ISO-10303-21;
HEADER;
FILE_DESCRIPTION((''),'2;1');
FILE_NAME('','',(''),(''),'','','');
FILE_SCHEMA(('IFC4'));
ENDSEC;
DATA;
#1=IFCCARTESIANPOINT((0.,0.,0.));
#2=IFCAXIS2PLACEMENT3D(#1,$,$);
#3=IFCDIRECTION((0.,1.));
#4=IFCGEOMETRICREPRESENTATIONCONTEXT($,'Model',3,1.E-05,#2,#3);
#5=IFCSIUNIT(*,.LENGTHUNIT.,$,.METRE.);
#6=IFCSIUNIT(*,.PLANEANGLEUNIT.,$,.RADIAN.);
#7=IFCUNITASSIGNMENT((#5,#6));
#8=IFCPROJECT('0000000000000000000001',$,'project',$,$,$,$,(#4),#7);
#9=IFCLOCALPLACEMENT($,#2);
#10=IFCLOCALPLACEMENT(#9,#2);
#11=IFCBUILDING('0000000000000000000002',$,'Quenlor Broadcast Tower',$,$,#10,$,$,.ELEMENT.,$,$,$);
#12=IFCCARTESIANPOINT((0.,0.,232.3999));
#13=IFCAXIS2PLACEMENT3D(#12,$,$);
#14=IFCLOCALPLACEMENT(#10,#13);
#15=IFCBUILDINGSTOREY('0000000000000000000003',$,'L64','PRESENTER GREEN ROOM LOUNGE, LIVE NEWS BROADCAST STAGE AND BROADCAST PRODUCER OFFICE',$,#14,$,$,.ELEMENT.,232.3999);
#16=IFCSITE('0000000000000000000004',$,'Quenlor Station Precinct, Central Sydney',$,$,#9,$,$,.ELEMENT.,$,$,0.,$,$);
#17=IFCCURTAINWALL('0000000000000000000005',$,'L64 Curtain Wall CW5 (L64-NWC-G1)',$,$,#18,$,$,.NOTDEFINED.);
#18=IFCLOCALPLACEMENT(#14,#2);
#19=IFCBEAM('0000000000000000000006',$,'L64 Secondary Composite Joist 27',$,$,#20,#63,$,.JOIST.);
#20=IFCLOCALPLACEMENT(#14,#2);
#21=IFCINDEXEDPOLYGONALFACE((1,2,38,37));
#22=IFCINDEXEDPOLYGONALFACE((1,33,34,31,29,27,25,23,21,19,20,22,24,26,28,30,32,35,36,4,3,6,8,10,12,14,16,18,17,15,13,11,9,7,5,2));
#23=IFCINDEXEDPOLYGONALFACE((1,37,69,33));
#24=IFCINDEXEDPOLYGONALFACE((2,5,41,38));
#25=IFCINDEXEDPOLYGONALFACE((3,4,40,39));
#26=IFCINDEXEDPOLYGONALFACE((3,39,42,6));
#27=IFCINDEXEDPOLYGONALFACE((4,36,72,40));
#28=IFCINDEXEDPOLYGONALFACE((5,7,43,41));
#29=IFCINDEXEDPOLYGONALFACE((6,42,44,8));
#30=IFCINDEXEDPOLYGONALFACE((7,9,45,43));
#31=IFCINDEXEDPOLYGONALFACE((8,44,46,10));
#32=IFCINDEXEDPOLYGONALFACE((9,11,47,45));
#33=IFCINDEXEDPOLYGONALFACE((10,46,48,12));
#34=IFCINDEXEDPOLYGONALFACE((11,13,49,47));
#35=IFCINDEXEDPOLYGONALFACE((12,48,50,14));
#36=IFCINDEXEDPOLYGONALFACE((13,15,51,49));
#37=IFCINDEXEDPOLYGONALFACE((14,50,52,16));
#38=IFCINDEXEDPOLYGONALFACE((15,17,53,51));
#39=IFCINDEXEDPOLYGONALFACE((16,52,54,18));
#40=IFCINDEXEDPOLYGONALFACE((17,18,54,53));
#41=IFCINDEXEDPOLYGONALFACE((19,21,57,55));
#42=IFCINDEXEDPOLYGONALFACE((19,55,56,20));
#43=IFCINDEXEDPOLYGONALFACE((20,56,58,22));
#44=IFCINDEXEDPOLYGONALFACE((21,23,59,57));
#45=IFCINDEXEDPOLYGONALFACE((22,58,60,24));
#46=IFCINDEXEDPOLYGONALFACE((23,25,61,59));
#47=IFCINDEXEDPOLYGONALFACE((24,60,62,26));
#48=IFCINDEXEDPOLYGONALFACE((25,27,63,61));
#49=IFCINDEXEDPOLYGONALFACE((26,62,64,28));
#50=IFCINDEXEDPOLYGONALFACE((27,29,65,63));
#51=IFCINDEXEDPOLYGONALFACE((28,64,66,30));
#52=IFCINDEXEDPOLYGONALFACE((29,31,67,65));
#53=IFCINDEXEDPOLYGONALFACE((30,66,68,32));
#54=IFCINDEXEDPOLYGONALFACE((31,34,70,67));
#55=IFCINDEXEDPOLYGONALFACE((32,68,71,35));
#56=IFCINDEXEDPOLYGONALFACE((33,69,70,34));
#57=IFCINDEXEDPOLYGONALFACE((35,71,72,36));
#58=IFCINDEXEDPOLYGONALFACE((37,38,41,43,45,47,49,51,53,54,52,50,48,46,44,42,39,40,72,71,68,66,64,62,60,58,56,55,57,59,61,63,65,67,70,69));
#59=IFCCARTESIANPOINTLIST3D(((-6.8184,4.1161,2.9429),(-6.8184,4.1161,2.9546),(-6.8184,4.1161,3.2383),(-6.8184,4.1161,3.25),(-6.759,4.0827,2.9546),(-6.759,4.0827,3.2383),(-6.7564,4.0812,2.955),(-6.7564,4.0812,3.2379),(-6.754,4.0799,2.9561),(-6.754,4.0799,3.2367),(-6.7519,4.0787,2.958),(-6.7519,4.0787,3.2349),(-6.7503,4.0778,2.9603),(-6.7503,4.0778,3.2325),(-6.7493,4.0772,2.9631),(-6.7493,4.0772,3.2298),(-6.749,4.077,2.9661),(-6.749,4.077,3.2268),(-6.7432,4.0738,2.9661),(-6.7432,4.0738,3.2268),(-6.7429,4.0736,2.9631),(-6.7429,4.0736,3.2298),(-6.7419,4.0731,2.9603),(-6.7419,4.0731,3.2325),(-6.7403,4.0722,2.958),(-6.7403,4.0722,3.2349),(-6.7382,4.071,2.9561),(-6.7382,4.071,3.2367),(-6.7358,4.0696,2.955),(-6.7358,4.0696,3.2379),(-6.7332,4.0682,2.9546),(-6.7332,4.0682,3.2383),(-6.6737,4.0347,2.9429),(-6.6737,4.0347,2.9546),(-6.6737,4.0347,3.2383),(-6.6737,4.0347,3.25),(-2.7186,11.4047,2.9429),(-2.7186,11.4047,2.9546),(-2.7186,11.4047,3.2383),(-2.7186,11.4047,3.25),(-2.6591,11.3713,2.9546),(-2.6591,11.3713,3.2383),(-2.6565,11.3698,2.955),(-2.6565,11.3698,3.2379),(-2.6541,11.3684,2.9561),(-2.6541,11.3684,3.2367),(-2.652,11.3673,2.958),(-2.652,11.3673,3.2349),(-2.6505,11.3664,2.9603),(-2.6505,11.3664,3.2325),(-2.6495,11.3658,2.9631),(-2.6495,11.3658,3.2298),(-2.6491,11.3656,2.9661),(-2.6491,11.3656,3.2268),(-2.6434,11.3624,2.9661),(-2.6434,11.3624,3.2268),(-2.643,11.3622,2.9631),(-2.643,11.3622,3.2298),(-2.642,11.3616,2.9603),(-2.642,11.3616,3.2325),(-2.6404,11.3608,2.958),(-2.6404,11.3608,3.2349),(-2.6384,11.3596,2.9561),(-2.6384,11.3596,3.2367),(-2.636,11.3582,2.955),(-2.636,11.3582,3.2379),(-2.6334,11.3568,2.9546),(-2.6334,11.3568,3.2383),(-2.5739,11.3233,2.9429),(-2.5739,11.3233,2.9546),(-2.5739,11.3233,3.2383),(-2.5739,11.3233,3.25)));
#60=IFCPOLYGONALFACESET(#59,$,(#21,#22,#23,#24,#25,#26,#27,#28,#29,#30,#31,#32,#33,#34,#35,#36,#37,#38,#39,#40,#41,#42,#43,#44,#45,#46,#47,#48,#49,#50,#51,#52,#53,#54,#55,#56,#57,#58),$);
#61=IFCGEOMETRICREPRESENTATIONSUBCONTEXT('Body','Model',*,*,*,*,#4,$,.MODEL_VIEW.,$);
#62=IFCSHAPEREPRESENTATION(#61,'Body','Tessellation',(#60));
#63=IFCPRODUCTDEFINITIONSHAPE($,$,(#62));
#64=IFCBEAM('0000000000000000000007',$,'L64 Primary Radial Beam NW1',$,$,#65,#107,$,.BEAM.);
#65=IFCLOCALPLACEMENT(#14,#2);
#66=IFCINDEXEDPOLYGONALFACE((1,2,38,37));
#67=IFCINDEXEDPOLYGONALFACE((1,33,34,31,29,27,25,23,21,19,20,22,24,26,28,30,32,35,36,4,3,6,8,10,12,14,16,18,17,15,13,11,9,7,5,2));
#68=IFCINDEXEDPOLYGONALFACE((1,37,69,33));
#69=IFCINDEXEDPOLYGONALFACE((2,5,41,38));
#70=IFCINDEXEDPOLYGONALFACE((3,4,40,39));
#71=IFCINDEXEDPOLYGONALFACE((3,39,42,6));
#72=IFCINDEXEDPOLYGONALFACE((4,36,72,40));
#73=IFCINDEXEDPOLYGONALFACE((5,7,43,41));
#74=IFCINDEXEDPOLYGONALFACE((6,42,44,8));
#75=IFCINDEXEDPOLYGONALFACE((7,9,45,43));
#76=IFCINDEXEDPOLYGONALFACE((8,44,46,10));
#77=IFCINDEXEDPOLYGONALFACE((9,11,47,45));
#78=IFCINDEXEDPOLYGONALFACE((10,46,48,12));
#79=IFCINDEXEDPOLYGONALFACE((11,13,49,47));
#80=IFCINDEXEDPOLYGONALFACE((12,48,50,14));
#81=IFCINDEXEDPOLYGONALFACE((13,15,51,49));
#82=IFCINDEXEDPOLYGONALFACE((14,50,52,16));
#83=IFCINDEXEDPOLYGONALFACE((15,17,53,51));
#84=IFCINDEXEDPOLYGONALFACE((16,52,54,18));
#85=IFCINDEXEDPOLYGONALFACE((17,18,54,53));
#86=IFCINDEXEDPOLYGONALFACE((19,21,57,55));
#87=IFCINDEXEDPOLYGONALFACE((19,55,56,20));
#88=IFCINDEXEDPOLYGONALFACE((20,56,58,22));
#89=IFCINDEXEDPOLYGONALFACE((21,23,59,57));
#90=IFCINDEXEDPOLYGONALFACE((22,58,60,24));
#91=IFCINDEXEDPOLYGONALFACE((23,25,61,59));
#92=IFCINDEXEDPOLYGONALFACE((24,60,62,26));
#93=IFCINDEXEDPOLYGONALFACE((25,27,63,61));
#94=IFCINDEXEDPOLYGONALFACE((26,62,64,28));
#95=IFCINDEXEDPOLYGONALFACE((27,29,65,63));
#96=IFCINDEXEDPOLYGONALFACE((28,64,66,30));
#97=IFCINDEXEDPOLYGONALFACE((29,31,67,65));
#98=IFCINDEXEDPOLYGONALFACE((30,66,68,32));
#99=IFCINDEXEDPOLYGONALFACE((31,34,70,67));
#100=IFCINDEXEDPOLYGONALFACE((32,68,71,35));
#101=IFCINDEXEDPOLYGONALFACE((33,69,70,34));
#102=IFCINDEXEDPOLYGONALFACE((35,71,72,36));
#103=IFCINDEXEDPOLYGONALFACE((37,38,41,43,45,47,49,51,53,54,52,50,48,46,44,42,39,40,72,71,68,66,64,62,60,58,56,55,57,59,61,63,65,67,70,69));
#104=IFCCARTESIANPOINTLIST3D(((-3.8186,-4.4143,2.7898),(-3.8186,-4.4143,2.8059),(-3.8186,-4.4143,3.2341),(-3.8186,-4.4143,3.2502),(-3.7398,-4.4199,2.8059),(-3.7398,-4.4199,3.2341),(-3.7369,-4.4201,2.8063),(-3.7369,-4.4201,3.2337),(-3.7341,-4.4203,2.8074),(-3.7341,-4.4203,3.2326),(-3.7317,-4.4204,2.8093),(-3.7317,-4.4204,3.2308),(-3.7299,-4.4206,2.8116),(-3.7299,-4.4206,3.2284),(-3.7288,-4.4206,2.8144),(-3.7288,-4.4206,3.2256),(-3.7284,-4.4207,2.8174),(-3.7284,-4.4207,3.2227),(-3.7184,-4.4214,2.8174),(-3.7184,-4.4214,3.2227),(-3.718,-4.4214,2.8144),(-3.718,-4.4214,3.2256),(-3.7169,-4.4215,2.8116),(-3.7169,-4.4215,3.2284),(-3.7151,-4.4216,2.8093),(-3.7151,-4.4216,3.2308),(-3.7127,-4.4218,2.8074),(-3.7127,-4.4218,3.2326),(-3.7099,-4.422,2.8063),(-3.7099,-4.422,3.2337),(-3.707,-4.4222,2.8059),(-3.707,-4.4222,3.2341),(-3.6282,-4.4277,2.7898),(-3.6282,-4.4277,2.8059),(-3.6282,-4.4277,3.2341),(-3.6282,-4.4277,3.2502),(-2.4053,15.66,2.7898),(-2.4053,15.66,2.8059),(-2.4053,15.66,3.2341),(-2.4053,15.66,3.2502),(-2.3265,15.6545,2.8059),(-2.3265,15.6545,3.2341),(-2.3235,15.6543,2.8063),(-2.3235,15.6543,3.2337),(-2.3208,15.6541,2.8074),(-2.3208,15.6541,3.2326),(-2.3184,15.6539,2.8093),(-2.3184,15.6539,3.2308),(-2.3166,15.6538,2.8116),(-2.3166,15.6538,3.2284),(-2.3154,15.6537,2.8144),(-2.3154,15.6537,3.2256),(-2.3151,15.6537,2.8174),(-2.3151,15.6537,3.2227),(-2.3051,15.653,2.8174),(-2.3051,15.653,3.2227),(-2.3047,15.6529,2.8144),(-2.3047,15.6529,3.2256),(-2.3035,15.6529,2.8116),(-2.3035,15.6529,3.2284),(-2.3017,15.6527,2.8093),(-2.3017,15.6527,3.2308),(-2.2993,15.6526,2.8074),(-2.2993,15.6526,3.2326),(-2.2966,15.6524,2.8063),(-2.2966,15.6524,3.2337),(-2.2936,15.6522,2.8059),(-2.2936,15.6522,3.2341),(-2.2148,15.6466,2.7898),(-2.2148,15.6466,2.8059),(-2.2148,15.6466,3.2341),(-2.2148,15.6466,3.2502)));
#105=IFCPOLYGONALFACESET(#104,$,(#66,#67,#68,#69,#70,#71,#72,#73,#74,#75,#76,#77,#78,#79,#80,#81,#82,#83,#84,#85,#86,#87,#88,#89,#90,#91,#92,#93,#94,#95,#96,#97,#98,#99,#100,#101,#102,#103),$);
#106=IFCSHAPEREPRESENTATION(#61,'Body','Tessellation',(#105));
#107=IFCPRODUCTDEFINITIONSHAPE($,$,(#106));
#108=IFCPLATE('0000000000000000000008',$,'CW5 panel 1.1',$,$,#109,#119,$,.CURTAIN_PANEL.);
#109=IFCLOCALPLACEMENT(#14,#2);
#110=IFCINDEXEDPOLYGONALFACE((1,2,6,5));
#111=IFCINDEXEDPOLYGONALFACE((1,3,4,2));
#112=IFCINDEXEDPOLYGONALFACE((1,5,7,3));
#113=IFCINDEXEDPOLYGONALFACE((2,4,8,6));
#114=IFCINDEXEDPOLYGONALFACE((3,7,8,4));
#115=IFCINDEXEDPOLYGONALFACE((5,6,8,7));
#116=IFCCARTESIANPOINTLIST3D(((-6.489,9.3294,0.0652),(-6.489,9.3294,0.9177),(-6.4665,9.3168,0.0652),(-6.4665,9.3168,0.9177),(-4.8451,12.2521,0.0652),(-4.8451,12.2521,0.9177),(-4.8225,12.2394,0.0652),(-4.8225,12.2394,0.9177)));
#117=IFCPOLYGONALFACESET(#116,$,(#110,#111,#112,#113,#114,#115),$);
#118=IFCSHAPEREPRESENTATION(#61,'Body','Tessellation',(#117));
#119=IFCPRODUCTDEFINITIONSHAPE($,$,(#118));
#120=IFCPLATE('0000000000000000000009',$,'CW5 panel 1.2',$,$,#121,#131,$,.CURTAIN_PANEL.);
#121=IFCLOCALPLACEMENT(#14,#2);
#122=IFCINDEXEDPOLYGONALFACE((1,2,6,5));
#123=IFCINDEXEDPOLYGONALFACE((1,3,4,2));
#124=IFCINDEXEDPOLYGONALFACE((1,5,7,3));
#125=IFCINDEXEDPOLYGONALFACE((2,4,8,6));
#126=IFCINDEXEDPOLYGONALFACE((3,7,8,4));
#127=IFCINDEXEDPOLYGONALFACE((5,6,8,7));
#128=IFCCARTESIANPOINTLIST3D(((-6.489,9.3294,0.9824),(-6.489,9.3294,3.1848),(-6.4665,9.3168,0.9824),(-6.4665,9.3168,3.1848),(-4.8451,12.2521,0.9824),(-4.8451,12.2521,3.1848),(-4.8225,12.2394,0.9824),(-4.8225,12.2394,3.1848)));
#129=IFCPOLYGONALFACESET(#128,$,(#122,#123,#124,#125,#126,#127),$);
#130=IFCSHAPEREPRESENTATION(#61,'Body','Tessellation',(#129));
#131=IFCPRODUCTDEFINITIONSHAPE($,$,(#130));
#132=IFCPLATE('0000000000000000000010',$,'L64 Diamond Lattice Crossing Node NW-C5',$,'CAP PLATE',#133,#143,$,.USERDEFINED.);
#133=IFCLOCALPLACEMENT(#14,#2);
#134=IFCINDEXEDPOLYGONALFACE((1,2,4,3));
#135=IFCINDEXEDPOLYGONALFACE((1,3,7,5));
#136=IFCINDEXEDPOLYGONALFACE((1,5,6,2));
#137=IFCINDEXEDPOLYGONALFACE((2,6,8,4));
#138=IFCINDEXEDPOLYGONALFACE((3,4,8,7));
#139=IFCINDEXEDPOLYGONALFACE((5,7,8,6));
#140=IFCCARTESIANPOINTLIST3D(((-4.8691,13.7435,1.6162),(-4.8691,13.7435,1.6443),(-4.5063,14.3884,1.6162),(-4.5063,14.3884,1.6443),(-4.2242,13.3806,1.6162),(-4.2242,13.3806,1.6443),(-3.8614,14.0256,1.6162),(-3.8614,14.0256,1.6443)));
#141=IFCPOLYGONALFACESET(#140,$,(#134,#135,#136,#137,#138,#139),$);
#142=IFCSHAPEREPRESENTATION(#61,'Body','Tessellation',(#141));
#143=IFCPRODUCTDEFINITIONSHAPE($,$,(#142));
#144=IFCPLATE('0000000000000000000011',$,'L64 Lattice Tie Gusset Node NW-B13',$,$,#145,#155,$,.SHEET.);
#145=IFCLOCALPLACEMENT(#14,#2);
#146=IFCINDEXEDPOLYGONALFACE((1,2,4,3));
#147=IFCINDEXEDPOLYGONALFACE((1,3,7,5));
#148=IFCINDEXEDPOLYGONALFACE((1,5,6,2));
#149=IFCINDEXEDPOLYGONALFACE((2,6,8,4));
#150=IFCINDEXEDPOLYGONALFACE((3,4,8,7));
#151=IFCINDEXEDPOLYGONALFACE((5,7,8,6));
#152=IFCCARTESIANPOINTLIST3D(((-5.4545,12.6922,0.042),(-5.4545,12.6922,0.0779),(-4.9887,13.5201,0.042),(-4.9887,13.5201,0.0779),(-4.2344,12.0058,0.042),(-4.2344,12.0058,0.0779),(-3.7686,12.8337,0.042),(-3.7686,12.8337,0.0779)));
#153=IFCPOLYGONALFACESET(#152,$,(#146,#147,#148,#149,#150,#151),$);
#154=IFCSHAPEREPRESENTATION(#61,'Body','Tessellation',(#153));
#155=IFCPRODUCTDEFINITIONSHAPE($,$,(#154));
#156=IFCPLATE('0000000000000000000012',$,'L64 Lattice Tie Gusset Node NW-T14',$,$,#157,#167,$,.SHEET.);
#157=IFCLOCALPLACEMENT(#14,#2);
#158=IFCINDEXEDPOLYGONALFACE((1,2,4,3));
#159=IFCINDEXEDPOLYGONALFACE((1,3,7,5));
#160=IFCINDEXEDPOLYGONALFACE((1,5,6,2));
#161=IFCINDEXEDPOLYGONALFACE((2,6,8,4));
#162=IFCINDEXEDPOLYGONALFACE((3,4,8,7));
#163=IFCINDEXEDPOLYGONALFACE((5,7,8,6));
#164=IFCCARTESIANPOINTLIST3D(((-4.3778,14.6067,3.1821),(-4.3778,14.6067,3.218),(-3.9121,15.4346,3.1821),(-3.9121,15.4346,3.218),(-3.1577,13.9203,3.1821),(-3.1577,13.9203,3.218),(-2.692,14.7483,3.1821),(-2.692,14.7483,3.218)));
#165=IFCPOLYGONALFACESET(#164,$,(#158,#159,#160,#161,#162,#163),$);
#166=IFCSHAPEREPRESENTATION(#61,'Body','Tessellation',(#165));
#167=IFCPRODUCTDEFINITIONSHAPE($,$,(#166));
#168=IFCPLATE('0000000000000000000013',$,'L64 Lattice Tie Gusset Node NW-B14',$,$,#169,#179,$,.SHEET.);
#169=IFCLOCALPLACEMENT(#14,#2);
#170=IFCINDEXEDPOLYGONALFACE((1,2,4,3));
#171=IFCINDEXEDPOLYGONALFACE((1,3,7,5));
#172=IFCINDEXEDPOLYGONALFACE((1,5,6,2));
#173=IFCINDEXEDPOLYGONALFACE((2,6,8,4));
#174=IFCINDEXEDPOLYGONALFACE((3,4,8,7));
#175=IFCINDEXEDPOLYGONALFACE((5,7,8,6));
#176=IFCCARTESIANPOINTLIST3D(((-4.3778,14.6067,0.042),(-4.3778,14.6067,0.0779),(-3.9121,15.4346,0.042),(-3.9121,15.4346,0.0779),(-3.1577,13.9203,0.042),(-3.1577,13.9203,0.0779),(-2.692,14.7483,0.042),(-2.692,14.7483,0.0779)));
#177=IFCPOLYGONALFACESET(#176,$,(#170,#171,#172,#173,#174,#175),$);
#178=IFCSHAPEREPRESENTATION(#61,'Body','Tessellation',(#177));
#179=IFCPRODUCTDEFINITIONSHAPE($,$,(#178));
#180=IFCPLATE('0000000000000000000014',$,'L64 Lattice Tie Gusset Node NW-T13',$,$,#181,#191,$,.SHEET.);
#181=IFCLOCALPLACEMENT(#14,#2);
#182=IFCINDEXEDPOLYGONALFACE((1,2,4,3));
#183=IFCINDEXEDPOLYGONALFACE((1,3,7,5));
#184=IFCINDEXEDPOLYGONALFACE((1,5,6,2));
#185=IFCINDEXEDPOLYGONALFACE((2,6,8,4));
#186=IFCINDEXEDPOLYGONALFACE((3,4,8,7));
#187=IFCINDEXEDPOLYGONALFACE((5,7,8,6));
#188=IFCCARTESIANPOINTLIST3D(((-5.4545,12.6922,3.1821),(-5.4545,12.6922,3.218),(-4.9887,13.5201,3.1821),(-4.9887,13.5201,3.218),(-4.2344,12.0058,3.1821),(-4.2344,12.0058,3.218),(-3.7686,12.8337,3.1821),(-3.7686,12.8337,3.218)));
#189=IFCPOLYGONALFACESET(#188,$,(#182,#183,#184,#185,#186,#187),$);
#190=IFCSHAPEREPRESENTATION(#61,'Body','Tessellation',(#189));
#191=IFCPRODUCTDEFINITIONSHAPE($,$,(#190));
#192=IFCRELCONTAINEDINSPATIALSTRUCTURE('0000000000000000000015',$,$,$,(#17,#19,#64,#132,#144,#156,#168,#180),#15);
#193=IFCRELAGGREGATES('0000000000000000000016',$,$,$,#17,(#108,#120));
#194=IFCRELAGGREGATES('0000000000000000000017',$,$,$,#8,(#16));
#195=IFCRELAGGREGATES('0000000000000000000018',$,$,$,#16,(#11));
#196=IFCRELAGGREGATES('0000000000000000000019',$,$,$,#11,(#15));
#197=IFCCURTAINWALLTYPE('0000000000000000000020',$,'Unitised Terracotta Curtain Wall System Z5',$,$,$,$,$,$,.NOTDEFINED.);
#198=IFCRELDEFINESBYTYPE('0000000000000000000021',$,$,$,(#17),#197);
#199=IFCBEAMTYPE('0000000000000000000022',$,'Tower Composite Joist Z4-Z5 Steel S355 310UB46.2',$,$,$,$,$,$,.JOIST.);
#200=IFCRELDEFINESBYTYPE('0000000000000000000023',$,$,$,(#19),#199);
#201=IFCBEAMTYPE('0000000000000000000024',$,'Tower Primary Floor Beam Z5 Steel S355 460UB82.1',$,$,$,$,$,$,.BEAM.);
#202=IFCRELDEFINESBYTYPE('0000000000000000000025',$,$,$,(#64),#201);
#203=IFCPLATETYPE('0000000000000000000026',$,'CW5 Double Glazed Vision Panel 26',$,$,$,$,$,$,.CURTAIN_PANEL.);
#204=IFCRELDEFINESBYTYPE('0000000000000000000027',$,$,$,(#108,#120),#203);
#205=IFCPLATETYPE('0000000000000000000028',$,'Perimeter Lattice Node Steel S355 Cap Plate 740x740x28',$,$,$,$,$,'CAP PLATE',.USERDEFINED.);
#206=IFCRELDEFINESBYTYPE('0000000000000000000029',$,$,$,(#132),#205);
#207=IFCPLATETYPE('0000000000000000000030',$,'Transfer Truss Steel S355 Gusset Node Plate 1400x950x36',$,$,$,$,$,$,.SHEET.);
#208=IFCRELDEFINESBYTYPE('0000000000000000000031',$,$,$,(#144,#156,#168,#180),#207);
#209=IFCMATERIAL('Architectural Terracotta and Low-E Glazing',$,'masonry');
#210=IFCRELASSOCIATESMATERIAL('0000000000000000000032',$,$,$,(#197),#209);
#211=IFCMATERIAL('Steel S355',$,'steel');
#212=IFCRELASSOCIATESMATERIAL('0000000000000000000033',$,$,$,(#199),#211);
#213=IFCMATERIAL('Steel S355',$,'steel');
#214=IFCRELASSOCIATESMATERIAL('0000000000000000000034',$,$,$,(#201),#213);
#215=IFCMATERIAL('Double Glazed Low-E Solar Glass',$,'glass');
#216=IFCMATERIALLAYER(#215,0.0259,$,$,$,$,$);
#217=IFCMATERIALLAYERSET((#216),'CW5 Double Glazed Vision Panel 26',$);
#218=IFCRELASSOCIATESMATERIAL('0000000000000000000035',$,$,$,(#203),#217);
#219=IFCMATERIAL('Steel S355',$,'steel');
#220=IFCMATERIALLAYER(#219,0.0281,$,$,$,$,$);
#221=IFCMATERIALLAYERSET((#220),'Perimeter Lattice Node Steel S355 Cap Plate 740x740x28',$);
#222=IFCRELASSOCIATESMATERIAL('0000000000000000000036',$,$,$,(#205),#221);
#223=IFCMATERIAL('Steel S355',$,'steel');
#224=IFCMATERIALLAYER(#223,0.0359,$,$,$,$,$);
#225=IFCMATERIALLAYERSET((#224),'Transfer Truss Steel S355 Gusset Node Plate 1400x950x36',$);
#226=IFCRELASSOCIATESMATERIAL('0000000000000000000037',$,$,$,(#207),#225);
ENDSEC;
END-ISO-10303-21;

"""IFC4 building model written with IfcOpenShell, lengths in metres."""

from ifc_helpers import new_model, si_unit, direction, frame, origin, origin_2d, place, context, subcontext, project, spatial, rectangle, i_section, extrude, material, layer, layer_set, material_profile, profile_set, type_object, element, aggregate, save


model = new_model("IFC4")

# Units and contexts
model_context = context("Model", 3, precision=1e-05, world=origin(), true_north=direction((0.0, 1.0)))
body_context = subcontext(model_context, "Body", "Model", "MODEL_VIEW")
ifc_project = project(units=[si_unit("LENGTHUNIT", "METRE"), si_unit("PLANEANGLEUNIT", "RADIAN")], contexts=[model_context])

# Site, building, storey
site_placement = place(None, origin())
site = spatial("IfcSite", under=ifc_project, at=site_placement, Name="Quenlor Station Precinct, Central Sydney", CompositionType="ELEMENT", RefElevation=0.0)
building_placement = place(site_placement, origin())
building = spatial("IfcBuilding", under=site, at=building_placement, Name="Quenlor Broadcast Tower", CompositionType="ELEMENT")
storey_placement = place(building_placement, frame((0.0, 0.0, 232.3999)))
storey = spatial("IfcBuildingStorey", under=building, at=storey_placement, Name="L64", Description="PRESENTER GREEN ROOM LOUNGE, LIVE NEWS BROADCAST STAGE AND BROADCAST PRODUCER OFFICE", CompositionType="ELEMENT", Elevation=232.3999)

# Curtain wall
ifc_material_1 = material(Name="Architectural Terracotta and Low-E Glazing", Category="masonry")
curtain_wall_type = type_object("IfcCurtainWallType", Name="Unitised Terracotta Curtain Wall System Z5", PredefinedType="NOTDEFINED", material=ifc_material_1)
curtain_wall_placement = place(storey_placement, origin())
curtain_wall = element("IfcCurtainWall", 1, at=curtain_wall_placement, inside=storey, type_object=curtain_wall_type, Name="L64 Curtain Wall CW5 (L64-NWC-G1)", PredefinedType="NOTDEFINED")

# Beams
ifc_material_2 = material(Name="Steel S355", Category="steel")
ifc_material_profile_1 = material_profile(ifc_material_2, i_section(OverallWidth=0.166, OverallDepth=0.3071, WebThickness=0.0066, FlangeThickness=0.0117, FilletRadius=0.0115, at=origin_2d()))
ifc_profile_set_1 = profile_set([ifc_material_profile_1], Name="Steel S355 310UB46.2")
beam_type_1 = type_object("IfcBeamType", Name="Tower Composite Joist Z4-Z5 Steel S355 310UB46.2", PredefinedType="JOIST", material=ifc_profile_set_1)
beam_1_placement = place(storey_placement, frame((-2.6462, 11.364, 3.0964), z_axis=(-0.490264, -0.871574, 0.0), x_axis=(0.871574, -0.490264, 0.0)))
element("IfcBeam", 2, at=beam_1_placement, inside=storey, type_object=beam_type_1, Name="L64 Secondary Composite Joist 27", PredefinedType="JOIST", context=body_context, shape_type="SweptSolid", body=[
    extrude(i_section(OverallWidth=0.166, OverallDepth=0.3071, WebThickness=0.0066, FlangeThickness=0.0117, FilletRadius=0.0115, at=origin_2d()), origin(), (0.0, 0.0, 1.0), 8.3625),
])
ifc_material_3 = material(Name="Steel S355", Category="steel")
ifc_material_profile_2 = material_profile(ifc_material_3, i_section(OverallWidth=0.1909, OverallDepth=0.4604, WebThickness=0.01, FlangeThickness=0.0161, FilletRadius=0.0115, at=origin_2d()))
ifc_profile_set_2 = profile_set([ifc_material_profile_2], Name="Steel S355 460UB82.1")
beam_type_2 = type_object("IfcBeamType", Name="Tower Primary Floor Beam Z5 Steel S355 460UB82.1", PredefinedType="BEAM", material=ifc_profile_set_2)
beam_2_placement = place(storey_placement, frame((-2.3101, 15.6533, 3.02), z_axis=(-0.070231, -0.997531, 0.0), x_axis=(0.997531, -0.070231, 0.0)))
element("IfcBeam", 3, at=beam_2_placement, inside=storey, type_object=beam_type_2, Name="L64 Primary Radial Beam NW1", PredefinedType="BEAM", context=body_context, shape_type="SweptSolid", body=[
    extrude(i_section(OverallWidth=0.1909, OverallDepth=0.4604, WebThickness=0.01, FlangeThickness=0.0161, FilletRadius=0.0115, at=origin_2d()), origin(), (0.0, 0.0, 1.0), 20.124),
])

# Plates
ifc_material_4 = material(Name="Double Glazed Low-E Solar Glass", Category="glass")
ifc_layer_1 = layer(ifc_material_4, 0.0259)
ifc_layer_set_1 = layer_set([ifc_layer_1], Name="CW5 Double Glazed Vision Panel 26")
plate_type_1 = type_object("IfcPlateType", Name="CW5 Double Glazed Vision Panel 26", PredefinedType="CURTAIN_PANEL", material=ifc_layer_set_1)
plate_1_placement = place(storey_placement, frame((-5.6558, 10.7844, 0.0652), z_axis=(0.0, 0.0, 1.0), x_axis=(0.49025, 0.871582, 0.0)))
plate_1 = element("IfcPlate", 4, at=plate_1_placement, type_object=plate_type_1, Name="CW5 panel 1.1", PredefinedType="CURTAIN_PANEL", context=body_context, shape_type="SweptSolid", body=[
    extrude(rectangle(XDim=3.3533, YDim=0.0259, at=origin_2d()), origin(), (0.0, 0.0, 1.0), 0.8525),
])
plate_2_placement = place(storey_placement, frame((-5.6558, 10.7844, 0.9824), z_axis=(0.0, 0.0, 1.0), x_axis=(0.49025, 0.871582, 0.0)))
plate_2 = element("IfcPlate", 5, at=plate_2_placement, type_object=plate_type_1, Name="CW5 panel 1.2", PredefinedType="CURTAIN_PANEL", context=body_context, shape_type="SweptSolid", body=[
    extrude(rectangle(XDim=3.3533, YDim=0.0259, at=origin_2d()), origin(), (0.0, 0.0, 1.0), 2.2024),
])
aggregate(curtain_wall, [plate_1, plate_2])

# Plates
ifc_material_5 = material(Name="Steel S355", Category="steel")
ifc_layer_2 = layer(ifc_material_5, 0.0281)
ifc_layer_set_2 = layer_set([ifc_layer_2], Name="Perimeter Lattice Node Steel S355 Cap Plate 740x740x28")
plate_type_2 = type_object("IfcPlateType", Name="Perimeter Lattice Node Steel S355 Cap Plate 740x740x28", ElementType="CAP PLATE", PredefinedType="USERDEFINED", material=ifc_layer_set_2)
plate_3_placement = place(storey_placement, frame((-4.3652, 13.8845, 1.6162), z_axis=(0.0, 0.0, 1.0), x_axis=(0.490295, 0.871556, 0.0)))
element("IfcPlate", 6, at=plate_3_placement, inside=storey, type_object=plate_type_2, Name="L64 Diamond Lattice Crossing Node NW-C5", ObjectType="CAP PLATE", PredefinedType="USERDEFINED", context=body_context, shape_type="SweptSolid", body=[
    extrude(rectangle(XDim=0.74, YDim=0.74, at=origin_2d()), origin(), (0.0, 0.0, 1.0), 0.0281),
])
ifc_material_6 = material(Name="Steel S355", Category="steel")
ifc_layer_3 = layer(ifc_material_6, 0.0359)
ifc_layer_set_3 = layer_set([ifc_layer_3], Name="Transfer Truss Steel S355 Gusset Node Plate 1400x950x36")
plate_type_3 = type_object("IfcPlateType", Name="Transfer Truss Steel S355 Gusset Node Plate 1400x950x36", PredefinedType="SHEET", material=ifc_layer_set_3)
for number, where, z_axis, x_axis, name in (
    (7, (-4.6116, 12.7629, 0.042), (0.0, 0.0, 1.0), (-0.871556, 0.490295, 0.0), "L64 Lattice Tie Gusset Node NW-B13"),
    (8, (-3.5349, 14.6775, 3.1821), (0.0, 0.0, 1.0), (-0.871556, 0.490295, 0.0), "L64 Lattice Tie Gusset Node NW-T14"),
    (9, (-3.5349, 14.6775, 0.042), (0.0, 0.0, 1.0), (-0.871556, 0.490295, 0.0), "L64 Lattice Tie Gusset Node NW-B14"),
    (10, (-4.6116, 12.7629, 3.1821), (0.0, 0.0, 1.0), (-0.871556, 0.490295, 0.0), "L64 Lattice Tie Gusset Node NW-T13"),
):
    element("IfcPlate", number, at=place(storey_placement, frame(where, z_axis=z_axis, x_axis=x_axis)), inside=storey, type_object=plate_type_3, Name=name, PredefinedType="SHEET", context=body_context, shape_type="SweptSolid", body=[
        extrude(rectangle(XDim=1.3999, YDim=0.95, at=origin_2d()), origin(), (0.0, 0.0, 1.0), 0.0359),
    ])

save(model, "model.ifc")
